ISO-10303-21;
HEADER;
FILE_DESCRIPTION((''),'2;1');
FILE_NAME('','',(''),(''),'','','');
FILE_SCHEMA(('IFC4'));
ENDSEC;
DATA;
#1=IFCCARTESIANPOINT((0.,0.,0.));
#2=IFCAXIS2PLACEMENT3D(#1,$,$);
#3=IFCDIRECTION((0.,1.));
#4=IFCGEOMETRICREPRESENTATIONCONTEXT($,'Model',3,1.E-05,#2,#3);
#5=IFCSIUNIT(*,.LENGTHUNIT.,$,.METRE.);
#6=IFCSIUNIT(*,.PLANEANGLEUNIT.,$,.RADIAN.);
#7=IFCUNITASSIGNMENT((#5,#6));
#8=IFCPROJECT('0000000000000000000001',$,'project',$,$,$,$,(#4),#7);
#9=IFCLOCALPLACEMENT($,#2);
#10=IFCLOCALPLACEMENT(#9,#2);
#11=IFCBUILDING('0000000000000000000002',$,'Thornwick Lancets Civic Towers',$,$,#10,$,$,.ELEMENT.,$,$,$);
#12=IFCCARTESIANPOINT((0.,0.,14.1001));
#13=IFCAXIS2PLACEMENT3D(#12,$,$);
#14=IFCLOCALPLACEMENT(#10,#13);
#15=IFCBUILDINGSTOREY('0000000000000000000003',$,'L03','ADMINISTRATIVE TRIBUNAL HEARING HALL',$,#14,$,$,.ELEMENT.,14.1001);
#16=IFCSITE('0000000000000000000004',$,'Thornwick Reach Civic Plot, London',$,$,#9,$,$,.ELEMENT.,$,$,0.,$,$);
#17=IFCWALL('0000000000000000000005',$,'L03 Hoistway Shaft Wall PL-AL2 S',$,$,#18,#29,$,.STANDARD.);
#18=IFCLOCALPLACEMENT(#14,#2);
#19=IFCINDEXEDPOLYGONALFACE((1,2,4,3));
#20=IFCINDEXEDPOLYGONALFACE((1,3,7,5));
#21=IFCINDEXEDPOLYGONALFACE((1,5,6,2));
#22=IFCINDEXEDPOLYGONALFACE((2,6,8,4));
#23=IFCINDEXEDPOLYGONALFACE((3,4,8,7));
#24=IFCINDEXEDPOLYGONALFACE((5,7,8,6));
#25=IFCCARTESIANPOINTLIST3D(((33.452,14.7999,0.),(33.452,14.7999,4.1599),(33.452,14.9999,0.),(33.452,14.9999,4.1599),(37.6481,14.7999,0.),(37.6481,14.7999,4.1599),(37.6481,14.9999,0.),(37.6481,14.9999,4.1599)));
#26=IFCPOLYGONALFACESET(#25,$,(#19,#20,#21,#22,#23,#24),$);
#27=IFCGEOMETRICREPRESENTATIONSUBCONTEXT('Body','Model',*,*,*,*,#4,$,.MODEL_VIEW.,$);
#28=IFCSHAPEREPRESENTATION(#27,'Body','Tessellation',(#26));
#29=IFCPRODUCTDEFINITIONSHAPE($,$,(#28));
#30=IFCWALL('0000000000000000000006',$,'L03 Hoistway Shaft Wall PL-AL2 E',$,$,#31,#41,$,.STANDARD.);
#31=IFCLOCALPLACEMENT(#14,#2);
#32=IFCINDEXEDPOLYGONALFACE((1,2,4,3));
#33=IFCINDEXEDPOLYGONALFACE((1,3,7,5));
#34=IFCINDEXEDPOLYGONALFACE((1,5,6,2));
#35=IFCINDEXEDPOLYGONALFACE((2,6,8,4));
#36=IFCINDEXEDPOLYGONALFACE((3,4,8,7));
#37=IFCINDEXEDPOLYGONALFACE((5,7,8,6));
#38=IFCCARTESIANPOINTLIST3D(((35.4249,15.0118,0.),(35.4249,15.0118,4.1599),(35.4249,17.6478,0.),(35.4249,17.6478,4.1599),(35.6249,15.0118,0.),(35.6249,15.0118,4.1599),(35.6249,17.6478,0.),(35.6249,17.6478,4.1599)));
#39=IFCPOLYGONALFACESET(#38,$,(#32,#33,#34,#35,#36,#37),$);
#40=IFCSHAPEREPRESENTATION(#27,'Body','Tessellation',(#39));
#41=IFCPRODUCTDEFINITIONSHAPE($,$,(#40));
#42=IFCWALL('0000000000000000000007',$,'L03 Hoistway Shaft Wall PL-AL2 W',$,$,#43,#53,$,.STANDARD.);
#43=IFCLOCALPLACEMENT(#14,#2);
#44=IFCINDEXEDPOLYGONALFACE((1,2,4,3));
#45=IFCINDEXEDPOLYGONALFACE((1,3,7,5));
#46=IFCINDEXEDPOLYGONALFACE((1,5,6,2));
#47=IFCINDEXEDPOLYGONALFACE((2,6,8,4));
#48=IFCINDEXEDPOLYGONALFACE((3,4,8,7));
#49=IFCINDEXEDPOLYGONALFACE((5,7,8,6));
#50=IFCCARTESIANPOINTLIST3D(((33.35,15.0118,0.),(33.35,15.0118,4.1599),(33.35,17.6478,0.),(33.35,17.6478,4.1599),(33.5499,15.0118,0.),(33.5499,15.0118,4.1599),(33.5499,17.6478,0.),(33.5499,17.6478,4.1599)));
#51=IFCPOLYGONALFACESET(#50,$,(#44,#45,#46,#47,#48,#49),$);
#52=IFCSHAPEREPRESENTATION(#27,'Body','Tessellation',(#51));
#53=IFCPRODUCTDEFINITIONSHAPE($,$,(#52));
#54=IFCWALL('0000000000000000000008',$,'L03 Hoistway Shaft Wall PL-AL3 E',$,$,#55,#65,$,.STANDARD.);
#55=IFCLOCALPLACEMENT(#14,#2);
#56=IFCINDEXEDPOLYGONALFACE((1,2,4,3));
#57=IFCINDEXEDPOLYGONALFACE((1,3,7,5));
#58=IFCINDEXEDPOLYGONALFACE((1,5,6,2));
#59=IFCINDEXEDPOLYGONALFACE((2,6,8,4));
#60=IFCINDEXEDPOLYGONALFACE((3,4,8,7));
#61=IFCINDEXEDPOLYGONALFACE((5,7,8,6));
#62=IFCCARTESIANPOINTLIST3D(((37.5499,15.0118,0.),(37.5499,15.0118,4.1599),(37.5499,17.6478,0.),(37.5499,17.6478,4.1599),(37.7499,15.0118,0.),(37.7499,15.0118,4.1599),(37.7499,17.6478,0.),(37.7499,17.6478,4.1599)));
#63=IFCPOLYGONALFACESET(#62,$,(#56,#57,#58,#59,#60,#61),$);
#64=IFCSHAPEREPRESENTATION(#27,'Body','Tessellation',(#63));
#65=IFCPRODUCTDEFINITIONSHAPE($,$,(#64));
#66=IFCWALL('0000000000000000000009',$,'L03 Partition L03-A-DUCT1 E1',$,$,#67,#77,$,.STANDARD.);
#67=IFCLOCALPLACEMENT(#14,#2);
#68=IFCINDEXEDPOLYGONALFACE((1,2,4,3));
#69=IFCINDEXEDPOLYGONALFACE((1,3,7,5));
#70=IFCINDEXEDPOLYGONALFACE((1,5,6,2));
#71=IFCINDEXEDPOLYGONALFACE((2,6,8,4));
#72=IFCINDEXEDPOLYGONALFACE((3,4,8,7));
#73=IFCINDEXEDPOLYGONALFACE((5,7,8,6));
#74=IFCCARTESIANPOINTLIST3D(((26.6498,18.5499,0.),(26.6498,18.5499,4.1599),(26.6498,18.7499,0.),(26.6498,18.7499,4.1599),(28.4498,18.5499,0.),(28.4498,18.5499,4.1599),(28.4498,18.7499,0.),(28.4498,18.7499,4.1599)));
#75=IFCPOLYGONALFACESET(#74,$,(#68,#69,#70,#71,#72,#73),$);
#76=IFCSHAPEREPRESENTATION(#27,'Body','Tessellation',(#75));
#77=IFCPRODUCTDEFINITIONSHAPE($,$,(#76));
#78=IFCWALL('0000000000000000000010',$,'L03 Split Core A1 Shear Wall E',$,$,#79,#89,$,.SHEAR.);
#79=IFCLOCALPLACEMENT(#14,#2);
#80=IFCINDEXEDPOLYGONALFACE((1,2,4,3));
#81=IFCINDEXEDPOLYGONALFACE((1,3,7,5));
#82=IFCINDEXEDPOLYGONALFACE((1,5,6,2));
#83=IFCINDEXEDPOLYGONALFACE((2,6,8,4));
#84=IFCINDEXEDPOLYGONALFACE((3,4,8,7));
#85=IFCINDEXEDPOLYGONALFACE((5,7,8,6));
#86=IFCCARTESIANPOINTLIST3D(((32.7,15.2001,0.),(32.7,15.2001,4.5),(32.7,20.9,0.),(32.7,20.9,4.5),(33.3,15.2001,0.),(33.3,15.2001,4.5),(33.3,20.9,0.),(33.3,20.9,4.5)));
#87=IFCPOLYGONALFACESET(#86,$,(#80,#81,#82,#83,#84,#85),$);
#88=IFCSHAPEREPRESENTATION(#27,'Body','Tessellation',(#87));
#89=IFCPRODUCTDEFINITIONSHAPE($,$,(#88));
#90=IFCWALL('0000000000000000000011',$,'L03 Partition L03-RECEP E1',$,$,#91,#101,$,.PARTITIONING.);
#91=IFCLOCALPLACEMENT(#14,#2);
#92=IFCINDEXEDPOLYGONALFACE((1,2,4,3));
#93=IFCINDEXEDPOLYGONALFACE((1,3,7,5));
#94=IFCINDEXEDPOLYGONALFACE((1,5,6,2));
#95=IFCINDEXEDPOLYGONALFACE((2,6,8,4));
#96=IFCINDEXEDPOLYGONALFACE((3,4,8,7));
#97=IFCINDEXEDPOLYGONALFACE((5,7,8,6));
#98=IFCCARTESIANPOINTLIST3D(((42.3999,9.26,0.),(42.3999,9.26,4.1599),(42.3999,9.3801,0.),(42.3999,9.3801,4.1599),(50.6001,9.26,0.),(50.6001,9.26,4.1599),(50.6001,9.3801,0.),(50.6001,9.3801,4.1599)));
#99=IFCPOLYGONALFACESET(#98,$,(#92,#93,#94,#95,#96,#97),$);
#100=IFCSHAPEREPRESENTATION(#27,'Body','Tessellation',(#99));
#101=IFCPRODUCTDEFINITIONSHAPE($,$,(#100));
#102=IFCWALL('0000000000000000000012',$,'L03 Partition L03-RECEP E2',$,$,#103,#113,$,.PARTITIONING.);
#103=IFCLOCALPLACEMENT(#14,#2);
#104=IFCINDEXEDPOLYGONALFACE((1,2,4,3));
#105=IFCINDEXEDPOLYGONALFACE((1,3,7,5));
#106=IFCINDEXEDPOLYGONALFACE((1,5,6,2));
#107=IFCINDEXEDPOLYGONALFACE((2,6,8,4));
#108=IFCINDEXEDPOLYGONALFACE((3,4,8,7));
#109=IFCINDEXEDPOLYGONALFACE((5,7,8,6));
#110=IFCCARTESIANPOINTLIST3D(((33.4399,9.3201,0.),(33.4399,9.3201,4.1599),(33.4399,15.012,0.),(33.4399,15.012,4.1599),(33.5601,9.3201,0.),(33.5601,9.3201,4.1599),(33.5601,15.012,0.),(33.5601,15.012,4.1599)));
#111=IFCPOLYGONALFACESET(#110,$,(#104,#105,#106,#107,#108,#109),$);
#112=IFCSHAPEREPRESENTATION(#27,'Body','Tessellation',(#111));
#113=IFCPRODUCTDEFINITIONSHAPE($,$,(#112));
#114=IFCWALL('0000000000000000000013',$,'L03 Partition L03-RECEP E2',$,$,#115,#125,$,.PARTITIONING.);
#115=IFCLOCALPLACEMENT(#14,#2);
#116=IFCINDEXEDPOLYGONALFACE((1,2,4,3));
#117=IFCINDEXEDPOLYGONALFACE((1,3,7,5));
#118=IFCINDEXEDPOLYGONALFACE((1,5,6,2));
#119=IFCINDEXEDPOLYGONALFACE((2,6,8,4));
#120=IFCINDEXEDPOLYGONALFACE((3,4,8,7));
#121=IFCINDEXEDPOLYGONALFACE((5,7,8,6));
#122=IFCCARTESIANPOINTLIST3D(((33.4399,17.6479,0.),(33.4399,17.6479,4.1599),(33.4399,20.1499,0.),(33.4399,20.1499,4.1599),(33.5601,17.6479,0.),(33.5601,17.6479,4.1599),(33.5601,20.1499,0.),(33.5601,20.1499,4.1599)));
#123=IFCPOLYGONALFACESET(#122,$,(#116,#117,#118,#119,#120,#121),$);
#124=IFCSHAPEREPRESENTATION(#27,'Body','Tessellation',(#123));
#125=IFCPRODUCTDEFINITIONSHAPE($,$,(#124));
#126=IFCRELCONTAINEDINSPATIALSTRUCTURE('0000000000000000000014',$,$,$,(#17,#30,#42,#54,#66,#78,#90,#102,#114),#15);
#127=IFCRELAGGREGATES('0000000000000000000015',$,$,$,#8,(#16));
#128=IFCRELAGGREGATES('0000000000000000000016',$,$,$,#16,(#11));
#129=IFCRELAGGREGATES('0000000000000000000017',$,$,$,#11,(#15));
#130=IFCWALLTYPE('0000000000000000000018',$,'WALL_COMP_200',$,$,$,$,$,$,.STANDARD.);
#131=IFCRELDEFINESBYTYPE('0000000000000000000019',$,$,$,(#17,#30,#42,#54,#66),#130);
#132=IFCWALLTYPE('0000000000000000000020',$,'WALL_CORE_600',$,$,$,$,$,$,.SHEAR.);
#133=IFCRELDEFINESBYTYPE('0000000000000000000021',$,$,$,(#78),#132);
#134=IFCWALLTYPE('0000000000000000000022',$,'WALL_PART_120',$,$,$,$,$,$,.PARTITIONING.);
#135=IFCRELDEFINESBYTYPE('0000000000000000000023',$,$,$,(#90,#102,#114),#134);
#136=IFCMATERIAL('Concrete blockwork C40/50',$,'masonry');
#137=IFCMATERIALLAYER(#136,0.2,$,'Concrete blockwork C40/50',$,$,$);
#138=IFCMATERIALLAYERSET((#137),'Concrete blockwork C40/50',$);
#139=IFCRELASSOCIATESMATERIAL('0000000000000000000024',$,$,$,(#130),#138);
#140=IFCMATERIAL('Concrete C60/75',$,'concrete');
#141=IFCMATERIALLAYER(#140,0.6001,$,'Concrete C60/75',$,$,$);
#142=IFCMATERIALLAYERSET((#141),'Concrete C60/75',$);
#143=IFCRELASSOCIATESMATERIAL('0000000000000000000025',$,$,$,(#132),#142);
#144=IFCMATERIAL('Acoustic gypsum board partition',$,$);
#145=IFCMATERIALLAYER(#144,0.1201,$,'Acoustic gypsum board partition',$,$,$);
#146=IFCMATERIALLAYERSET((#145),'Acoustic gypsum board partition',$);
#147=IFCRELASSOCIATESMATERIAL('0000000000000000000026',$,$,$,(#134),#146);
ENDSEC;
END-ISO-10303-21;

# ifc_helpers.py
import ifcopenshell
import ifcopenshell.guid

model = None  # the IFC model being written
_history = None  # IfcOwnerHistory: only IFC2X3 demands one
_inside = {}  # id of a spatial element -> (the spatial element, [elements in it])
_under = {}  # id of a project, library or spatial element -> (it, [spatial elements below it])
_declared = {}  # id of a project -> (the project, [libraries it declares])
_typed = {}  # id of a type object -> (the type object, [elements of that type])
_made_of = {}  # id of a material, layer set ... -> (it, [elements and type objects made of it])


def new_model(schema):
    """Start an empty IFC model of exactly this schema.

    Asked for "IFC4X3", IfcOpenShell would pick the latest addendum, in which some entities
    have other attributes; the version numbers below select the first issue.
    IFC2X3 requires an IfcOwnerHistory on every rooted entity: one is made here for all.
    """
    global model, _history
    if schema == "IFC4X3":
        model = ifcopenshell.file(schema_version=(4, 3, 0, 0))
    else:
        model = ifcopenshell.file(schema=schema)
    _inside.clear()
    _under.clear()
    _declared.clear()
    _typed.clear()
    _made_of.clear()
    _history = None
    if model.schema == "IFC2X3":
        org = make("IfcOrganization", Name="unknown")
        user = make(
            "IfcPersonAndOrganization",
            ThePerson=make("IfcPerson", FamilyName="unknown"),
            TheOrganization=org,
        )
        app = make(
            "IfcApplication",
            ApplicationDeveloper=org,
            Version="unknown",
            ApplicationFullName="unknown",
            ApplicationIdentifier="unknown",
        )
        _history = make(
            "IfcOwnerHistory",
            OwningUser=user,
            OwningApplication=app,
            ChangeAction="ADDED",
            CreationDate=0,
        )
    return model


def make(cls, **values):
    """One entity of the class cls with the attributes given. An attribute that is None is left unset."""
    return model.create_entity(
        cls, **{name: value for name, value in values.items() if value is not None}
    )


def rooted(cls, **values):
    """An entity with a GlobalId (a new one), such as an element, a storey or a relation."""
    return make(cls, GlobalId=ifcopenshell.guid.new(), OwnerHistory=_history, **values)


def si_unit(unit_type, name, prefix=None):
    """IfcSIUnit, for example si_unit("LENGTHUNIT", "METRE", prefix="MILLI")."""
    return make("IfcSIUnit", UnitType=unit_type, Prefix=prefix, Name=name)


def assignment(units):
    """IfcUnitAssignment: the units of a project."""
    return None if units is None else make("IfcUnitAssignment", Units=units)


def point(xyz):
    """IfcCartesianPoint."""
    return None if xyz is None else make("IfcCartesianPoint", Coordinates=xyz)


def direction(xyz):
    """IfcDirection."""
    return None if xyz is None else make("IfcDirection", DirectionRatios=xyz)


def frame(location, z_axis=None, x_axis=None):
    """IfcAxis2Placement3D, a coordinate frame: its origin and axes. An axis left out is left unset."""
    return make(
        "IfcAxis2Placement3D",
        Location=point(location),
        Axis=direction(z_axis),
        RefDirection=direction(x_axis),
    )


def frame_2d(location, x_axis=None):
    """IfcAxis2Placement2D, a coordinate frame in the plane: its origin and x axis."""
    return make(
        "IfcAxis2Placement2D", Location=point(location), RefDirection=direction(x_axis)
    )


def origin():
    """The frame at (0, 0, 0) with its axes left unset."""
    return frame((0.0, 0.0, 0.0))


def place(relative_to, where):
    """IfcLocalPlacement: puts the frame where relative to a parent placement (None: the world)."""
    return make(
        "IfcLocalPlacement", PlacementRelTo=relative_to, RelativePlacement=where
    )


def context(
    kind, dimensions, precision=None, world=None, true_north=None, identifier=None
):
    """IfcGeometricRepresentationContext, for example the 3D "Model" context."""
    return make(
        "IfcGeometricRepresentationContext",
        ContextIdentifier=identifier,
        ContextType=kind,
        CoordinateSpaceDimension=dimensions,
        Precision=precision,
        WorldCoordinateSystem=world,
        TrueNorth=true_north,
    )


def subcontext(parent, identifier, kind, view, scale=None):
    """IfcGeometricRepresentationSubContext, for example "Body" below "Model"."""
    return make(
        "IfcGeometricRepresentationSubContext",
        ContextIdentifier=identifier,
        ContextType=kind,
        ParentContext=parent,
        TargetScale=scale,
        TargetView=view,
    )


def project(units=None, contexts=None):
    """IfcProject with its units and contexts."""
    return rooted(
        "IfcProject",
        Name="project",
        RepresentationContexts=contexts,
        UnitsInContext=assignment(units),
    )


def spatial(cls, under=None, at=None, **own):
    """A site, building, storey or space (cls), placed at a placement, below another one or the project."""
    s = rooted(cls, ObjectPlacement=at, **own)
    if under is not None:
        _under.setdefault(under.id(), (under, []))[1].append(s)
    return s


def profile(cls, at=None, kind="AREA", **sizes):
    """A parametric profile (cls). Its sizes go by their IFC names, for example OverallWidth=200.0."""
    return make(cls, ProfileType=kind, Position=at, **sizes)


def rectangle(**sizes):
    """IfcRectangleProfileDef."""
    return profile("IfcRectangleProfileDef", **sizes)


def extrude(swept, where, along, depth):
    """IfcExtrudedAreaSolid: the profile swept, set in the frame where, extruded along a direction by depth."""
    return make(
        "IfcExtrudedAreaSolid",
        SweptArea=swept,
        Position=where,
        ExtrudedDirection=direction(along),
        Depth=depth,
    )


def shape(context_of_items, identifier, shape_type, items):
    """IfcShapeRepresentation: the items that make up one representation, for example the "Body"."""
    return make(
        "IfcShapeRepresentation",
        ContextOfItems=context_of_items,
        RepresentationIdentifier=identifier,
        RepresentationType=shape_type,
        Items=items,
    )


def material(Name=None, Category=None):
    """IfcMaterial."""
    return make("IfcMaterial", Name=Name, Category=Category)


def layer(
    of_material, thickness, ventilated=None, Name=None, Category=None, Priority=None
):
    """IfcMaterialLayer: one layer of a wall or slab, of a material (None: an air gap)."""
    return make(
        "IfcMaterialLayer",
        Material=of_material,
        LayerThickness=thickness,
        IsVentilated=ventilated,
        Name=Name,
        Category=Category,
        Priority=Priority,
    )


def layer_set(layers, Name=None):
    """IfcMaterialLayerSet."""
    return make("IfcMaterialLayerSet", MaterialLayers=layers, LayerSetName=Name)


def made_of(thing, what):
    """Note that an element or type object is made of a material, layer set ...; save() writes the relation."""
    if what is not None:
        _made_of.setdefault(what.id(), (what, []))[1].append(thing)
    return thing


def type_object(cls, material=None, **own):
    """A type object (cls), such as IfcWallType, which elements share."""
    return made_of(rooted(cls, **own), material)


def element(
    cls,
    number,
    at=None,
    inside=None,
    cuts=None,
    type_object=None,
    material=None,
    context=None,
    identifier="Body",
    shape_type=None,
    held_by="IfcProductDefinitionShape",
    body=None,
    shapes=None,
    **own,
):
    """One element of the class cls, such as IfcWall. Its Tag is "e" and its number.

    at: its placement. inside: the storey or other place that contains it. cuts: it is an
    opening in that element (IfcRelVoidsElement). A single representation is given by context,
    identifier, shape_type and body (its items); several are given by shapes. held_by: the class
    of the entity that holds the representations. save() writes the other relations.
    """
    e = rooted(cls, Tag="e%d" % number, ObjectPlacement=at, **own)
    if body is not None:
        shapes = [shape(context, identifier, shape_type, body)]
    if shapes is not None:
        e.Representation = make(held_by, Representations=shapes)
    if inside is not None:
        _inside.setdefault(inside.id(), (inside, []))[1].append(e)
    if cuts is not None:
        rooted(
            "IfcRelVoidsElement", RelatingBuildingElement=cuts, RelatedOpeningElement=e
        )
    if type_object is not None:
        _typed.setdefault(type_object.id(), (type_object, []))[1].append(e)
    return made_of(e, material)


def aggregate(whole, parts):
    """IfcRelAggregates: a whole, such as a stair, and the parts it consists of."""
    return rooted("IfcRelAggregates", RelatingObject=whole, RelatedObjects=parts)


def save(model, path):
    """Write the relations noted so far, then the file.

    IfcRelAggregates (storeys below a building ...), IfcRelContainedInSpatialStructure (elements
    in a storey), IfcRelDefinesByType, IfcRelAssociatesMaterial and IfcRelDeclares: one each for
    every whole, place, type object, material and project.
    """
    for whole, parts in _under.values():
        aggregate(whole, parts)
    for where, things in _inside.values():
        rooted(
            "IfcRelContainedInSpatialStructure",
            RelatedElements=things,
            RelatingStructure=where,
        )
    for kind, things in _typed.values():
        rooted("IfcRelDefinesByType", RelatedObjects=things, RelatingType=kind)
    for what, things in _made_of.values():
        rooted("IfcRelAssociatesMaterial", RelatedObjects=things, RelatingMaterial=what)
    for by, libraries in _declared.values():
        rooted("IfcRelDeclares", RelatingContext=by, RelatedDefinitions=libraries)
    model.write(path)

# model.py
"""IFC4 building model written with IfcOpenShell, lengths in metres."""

from ifc_helpers import new_model, si_unit, direction, frame, frame_2d, origin, place, context, subcontext, project, spatial, rectangle, extrude, material, layer, layer_set, type_object, element, save


model = new_model("IFC4")

# Units and contexts
model_context = context("Model", 3, precision=1e-05, world=origin(), true_north=direction((0.0, 1.0)))
body_context = subcontext(model_context, "Body", "Model", "MODEL_VIEW")
ifc_project = project(units=[si_unit("LENGTHUNIT", "METRE"), si_unit("PLANEANGLEUNIT", "RADIAN")], contexts=[model_context])

# Site, building, storey
site_placement = place(None, origin())
site = spatial("IfcSite", under=ifc_project, at=site_placement, Name="Thornwick Reach Civic Plot, London", CompositionType="ELEMENT", RefElevation=0.0)
building_placement = place(site_placement, origin())
building = spatial("IfcBuilding", under=site, at=building_placement, Name="Thornwick Lancets Civic Towers", CompositionType="ELEMENT")
storey_placement = place(building_placement, frame((0.0, 0.0, 14.1001)))
storey = spatial("IfcBuildingStorey", under=building, at=storey_placement, Name="L03", Description="ADMINISTRATIVE TRIBUNAL HEARING HALL", CompositionType="ELEMENT", Elevation=14.1001)

# Shared definitions
ifc_material_1 = material(Name="Concrete C60/75", Category="concrete")

# Shared definitions
ifc_material_2 = material(Name="Concrete blockwork C40/50", Category="masonry")
ifc_layer_1 = layer(ifc_material_2, 0.2, Name="Concrete blockwork C40/50")
ifc_layer_set_1 = layer_set([ifc_layer_1], Name="Concrete blockwork C40/50")
wall_type_1 = type_object("IfcWallType", Name="WALL_COMP_200", PredefinedType="STANDARD", material=ifc_layer_set_1)

# Walls
wall_1_placement = place(storey_placement, frame((33.4519, 14.8999, 0.0), z_axis=(0.0, 0.0, 1.0), x_axis=(1.0, 0.0, 0.0)))
element("IfcWall", 1, at=wall_1_placement, inside=storey, type_object=wall_type_1, Name="L03 Hoistway Shaft Wall PL-AL2 S", PredefinedType="STANDARD", context=body_context, shape_type="SweptSolid", body=[
    extrude(rectangle(XDim=4.196, YDim=0.2, at=frame_2d((2.0981, 0.0))), origin(), (0.0, 0.0, 1.0), 4.1599),
])
for number, where, z_axis, x_axis, name in (
    (2, (35.5249, 15.012, 0.0), (0.0, 0.0, 1.0), (0.0, 1.0, 0.0), "L03 Hoistway Shaft Wall PL-AL2 E"),
    (3, (33.45, 15.012, 0.0), (0.0, 0.0, 1.0), (0.0, 1.0, 0.0), "L03 Hoistway Shaft Wall PL-AL2 W"),
    (4, (37.6499, 15.012, 0.0), (0.0, 0.0, 1.0), (0.0, 1.0, 0.0), "L03 Hoistway Shaft Wall PL-AL3 E"),
):
    element("IfcWall", number, at=place(storey_placement, frame(where, z_axis=z_axis, x_axis=x_axis)), inside=storey, type_object=wall_type_1, Name=name, PredefinedType="STANDARD", context=body_context, shape_type="SweptSolid", body=[
        extrude(rectangle(XDim=2.636, YDim=0.2, at=frame_2d((1.3179, 0.0))), origin(), (0.0, 0.0, 1.0), 4.1599),
    ])
wall_2_placement = place(storey_placement, frame((26.6499, 18.6499, 0.0), z_axis=(0.0, 0.0, 1.0), x_axis=(1.0, 0.0, 0.0)))
element("IfcWall", 5, at=wall_2_placement, inside=storey, type_object=wall_type_1, Name="L03 Partition L03-A-DUCT1 E1", PredefinedType="STANDARD", context=body_context, shape_type="SweptSolid", body=[
    extrude(rectangle(XDim=1.8, YDim=0.2, at=frame_2d((0.8999, 0.0))), origin(), (0.0, 0.0, 1.0), 4.1599),
])
ifc_layer_2 = layer(ifc_material_1, 0.6001, Name="Concrete C60/75")
ifc_layer_set_2 = layer_set([ifc_layer_2], Name="Concrete C60/75")
wall_type_2 = type_object("IfcWallType", Name="WALL_CORE_600", PredefinedType="SHEAR", material=ifc_layer_set_2)
wall_3_placement = place(storey_placement, frame((33.0, 15.2, 0.0), z_axis=(0.0, 0.0, 1.0), x_axis=(0.0, 1.0, 0.0)))
element("IfcWall", 6, at=wall_3_placement, inside=storey, type_object=wall_type_2, Name="L03 Split Core A1 Shear Wall E", PredefinedType="SHEAR", context=body_context, shape_type="SweptSolid", body=[
    extrude(rectangle(XDim=5.7, YDim=0.6001, at=frame_2d((2.8501, 0.0))), origin(), (0.0, 0.0, 1.0), 4.5),
])
ifc_material_3 = material(Name="Acoustic gypsum board partition")
ifc_layer_3 = layer(ifc_material_3, 0.1201, Name="Acoustic gypsum board partition")
ifc_layer_set_3 = layer_set([ifc_layer_3], Name="Acoustic gypsum board partition")
wall_type_3 = type_object("IfcWallType", Name="WALL_PART_120", PredefinedType="PARTITIONING", material=ifc_layer_set_3)
wall_4_placement = place(storey_placement, frame((50.6001, 9.3201, 0.0), z_axis=(0.0, 0.0, 1.0), x_axis=(-1.0, 0.0, 0.0)))
element("IfcWall", 7, at=wall_4_placement, inside=storey, type_object=wall_type_3, Name="L03 Partition L03-RECEP E1", PredefinedType="PARTITIONING", context=body_context, shape_type="SweptSolid", body=[
    extrude(rectangle(XDim=8.2002, YDim=0.1201, at=frame_2d((4.1001, 0.0))), origin(), (0.0, 0.0, 1.0), 4.1599),
])
wall_5_placement = place(storey_placement, frame((33.5, 9.3201, 0.0), z_axis=(0.0, 0.0, 1.0), x_axis=(0.0, 1.0, 0.0)))
element("IfcWall", 8, at=wall_5_placement, inside=storey, type_object=wall_type_3, Name="L03 Partition L03-RECEP E2", PredefinedType="PARTITIONING", context=body_context, shape_type="SweptSolid", body=[
    extrude(rectangle(XDim=5.6919, YDim=0.1201, at=frame_2d((2.8459, 0.0))), origin(), (0.0, 0.0, 1.0), 4.1599),
])
wall_6_placement = place(storey_placement, frame((33.5, 17.6479, 0.0), z_axis=(0.0, 0.0, 1.0), x_axis=(0.0, 1.0, 0.0)))
element("IfcWall", 9, at=wall_6_placement, inside=storey, type_object=wall_type_3, Name="L03 Partition L03-RECEP E2", PredefinedType="PARTITIONING", context=body_context, shape_type="SweptSolid", body=[
    extrude(rectangle(XDim=2.502, YDim=0.1201, at=frame_2d((1.251, 0.0))), origin(), (0.0, 0.0, 1.0), 4.1599),
])

save(model, "model.ifc")
